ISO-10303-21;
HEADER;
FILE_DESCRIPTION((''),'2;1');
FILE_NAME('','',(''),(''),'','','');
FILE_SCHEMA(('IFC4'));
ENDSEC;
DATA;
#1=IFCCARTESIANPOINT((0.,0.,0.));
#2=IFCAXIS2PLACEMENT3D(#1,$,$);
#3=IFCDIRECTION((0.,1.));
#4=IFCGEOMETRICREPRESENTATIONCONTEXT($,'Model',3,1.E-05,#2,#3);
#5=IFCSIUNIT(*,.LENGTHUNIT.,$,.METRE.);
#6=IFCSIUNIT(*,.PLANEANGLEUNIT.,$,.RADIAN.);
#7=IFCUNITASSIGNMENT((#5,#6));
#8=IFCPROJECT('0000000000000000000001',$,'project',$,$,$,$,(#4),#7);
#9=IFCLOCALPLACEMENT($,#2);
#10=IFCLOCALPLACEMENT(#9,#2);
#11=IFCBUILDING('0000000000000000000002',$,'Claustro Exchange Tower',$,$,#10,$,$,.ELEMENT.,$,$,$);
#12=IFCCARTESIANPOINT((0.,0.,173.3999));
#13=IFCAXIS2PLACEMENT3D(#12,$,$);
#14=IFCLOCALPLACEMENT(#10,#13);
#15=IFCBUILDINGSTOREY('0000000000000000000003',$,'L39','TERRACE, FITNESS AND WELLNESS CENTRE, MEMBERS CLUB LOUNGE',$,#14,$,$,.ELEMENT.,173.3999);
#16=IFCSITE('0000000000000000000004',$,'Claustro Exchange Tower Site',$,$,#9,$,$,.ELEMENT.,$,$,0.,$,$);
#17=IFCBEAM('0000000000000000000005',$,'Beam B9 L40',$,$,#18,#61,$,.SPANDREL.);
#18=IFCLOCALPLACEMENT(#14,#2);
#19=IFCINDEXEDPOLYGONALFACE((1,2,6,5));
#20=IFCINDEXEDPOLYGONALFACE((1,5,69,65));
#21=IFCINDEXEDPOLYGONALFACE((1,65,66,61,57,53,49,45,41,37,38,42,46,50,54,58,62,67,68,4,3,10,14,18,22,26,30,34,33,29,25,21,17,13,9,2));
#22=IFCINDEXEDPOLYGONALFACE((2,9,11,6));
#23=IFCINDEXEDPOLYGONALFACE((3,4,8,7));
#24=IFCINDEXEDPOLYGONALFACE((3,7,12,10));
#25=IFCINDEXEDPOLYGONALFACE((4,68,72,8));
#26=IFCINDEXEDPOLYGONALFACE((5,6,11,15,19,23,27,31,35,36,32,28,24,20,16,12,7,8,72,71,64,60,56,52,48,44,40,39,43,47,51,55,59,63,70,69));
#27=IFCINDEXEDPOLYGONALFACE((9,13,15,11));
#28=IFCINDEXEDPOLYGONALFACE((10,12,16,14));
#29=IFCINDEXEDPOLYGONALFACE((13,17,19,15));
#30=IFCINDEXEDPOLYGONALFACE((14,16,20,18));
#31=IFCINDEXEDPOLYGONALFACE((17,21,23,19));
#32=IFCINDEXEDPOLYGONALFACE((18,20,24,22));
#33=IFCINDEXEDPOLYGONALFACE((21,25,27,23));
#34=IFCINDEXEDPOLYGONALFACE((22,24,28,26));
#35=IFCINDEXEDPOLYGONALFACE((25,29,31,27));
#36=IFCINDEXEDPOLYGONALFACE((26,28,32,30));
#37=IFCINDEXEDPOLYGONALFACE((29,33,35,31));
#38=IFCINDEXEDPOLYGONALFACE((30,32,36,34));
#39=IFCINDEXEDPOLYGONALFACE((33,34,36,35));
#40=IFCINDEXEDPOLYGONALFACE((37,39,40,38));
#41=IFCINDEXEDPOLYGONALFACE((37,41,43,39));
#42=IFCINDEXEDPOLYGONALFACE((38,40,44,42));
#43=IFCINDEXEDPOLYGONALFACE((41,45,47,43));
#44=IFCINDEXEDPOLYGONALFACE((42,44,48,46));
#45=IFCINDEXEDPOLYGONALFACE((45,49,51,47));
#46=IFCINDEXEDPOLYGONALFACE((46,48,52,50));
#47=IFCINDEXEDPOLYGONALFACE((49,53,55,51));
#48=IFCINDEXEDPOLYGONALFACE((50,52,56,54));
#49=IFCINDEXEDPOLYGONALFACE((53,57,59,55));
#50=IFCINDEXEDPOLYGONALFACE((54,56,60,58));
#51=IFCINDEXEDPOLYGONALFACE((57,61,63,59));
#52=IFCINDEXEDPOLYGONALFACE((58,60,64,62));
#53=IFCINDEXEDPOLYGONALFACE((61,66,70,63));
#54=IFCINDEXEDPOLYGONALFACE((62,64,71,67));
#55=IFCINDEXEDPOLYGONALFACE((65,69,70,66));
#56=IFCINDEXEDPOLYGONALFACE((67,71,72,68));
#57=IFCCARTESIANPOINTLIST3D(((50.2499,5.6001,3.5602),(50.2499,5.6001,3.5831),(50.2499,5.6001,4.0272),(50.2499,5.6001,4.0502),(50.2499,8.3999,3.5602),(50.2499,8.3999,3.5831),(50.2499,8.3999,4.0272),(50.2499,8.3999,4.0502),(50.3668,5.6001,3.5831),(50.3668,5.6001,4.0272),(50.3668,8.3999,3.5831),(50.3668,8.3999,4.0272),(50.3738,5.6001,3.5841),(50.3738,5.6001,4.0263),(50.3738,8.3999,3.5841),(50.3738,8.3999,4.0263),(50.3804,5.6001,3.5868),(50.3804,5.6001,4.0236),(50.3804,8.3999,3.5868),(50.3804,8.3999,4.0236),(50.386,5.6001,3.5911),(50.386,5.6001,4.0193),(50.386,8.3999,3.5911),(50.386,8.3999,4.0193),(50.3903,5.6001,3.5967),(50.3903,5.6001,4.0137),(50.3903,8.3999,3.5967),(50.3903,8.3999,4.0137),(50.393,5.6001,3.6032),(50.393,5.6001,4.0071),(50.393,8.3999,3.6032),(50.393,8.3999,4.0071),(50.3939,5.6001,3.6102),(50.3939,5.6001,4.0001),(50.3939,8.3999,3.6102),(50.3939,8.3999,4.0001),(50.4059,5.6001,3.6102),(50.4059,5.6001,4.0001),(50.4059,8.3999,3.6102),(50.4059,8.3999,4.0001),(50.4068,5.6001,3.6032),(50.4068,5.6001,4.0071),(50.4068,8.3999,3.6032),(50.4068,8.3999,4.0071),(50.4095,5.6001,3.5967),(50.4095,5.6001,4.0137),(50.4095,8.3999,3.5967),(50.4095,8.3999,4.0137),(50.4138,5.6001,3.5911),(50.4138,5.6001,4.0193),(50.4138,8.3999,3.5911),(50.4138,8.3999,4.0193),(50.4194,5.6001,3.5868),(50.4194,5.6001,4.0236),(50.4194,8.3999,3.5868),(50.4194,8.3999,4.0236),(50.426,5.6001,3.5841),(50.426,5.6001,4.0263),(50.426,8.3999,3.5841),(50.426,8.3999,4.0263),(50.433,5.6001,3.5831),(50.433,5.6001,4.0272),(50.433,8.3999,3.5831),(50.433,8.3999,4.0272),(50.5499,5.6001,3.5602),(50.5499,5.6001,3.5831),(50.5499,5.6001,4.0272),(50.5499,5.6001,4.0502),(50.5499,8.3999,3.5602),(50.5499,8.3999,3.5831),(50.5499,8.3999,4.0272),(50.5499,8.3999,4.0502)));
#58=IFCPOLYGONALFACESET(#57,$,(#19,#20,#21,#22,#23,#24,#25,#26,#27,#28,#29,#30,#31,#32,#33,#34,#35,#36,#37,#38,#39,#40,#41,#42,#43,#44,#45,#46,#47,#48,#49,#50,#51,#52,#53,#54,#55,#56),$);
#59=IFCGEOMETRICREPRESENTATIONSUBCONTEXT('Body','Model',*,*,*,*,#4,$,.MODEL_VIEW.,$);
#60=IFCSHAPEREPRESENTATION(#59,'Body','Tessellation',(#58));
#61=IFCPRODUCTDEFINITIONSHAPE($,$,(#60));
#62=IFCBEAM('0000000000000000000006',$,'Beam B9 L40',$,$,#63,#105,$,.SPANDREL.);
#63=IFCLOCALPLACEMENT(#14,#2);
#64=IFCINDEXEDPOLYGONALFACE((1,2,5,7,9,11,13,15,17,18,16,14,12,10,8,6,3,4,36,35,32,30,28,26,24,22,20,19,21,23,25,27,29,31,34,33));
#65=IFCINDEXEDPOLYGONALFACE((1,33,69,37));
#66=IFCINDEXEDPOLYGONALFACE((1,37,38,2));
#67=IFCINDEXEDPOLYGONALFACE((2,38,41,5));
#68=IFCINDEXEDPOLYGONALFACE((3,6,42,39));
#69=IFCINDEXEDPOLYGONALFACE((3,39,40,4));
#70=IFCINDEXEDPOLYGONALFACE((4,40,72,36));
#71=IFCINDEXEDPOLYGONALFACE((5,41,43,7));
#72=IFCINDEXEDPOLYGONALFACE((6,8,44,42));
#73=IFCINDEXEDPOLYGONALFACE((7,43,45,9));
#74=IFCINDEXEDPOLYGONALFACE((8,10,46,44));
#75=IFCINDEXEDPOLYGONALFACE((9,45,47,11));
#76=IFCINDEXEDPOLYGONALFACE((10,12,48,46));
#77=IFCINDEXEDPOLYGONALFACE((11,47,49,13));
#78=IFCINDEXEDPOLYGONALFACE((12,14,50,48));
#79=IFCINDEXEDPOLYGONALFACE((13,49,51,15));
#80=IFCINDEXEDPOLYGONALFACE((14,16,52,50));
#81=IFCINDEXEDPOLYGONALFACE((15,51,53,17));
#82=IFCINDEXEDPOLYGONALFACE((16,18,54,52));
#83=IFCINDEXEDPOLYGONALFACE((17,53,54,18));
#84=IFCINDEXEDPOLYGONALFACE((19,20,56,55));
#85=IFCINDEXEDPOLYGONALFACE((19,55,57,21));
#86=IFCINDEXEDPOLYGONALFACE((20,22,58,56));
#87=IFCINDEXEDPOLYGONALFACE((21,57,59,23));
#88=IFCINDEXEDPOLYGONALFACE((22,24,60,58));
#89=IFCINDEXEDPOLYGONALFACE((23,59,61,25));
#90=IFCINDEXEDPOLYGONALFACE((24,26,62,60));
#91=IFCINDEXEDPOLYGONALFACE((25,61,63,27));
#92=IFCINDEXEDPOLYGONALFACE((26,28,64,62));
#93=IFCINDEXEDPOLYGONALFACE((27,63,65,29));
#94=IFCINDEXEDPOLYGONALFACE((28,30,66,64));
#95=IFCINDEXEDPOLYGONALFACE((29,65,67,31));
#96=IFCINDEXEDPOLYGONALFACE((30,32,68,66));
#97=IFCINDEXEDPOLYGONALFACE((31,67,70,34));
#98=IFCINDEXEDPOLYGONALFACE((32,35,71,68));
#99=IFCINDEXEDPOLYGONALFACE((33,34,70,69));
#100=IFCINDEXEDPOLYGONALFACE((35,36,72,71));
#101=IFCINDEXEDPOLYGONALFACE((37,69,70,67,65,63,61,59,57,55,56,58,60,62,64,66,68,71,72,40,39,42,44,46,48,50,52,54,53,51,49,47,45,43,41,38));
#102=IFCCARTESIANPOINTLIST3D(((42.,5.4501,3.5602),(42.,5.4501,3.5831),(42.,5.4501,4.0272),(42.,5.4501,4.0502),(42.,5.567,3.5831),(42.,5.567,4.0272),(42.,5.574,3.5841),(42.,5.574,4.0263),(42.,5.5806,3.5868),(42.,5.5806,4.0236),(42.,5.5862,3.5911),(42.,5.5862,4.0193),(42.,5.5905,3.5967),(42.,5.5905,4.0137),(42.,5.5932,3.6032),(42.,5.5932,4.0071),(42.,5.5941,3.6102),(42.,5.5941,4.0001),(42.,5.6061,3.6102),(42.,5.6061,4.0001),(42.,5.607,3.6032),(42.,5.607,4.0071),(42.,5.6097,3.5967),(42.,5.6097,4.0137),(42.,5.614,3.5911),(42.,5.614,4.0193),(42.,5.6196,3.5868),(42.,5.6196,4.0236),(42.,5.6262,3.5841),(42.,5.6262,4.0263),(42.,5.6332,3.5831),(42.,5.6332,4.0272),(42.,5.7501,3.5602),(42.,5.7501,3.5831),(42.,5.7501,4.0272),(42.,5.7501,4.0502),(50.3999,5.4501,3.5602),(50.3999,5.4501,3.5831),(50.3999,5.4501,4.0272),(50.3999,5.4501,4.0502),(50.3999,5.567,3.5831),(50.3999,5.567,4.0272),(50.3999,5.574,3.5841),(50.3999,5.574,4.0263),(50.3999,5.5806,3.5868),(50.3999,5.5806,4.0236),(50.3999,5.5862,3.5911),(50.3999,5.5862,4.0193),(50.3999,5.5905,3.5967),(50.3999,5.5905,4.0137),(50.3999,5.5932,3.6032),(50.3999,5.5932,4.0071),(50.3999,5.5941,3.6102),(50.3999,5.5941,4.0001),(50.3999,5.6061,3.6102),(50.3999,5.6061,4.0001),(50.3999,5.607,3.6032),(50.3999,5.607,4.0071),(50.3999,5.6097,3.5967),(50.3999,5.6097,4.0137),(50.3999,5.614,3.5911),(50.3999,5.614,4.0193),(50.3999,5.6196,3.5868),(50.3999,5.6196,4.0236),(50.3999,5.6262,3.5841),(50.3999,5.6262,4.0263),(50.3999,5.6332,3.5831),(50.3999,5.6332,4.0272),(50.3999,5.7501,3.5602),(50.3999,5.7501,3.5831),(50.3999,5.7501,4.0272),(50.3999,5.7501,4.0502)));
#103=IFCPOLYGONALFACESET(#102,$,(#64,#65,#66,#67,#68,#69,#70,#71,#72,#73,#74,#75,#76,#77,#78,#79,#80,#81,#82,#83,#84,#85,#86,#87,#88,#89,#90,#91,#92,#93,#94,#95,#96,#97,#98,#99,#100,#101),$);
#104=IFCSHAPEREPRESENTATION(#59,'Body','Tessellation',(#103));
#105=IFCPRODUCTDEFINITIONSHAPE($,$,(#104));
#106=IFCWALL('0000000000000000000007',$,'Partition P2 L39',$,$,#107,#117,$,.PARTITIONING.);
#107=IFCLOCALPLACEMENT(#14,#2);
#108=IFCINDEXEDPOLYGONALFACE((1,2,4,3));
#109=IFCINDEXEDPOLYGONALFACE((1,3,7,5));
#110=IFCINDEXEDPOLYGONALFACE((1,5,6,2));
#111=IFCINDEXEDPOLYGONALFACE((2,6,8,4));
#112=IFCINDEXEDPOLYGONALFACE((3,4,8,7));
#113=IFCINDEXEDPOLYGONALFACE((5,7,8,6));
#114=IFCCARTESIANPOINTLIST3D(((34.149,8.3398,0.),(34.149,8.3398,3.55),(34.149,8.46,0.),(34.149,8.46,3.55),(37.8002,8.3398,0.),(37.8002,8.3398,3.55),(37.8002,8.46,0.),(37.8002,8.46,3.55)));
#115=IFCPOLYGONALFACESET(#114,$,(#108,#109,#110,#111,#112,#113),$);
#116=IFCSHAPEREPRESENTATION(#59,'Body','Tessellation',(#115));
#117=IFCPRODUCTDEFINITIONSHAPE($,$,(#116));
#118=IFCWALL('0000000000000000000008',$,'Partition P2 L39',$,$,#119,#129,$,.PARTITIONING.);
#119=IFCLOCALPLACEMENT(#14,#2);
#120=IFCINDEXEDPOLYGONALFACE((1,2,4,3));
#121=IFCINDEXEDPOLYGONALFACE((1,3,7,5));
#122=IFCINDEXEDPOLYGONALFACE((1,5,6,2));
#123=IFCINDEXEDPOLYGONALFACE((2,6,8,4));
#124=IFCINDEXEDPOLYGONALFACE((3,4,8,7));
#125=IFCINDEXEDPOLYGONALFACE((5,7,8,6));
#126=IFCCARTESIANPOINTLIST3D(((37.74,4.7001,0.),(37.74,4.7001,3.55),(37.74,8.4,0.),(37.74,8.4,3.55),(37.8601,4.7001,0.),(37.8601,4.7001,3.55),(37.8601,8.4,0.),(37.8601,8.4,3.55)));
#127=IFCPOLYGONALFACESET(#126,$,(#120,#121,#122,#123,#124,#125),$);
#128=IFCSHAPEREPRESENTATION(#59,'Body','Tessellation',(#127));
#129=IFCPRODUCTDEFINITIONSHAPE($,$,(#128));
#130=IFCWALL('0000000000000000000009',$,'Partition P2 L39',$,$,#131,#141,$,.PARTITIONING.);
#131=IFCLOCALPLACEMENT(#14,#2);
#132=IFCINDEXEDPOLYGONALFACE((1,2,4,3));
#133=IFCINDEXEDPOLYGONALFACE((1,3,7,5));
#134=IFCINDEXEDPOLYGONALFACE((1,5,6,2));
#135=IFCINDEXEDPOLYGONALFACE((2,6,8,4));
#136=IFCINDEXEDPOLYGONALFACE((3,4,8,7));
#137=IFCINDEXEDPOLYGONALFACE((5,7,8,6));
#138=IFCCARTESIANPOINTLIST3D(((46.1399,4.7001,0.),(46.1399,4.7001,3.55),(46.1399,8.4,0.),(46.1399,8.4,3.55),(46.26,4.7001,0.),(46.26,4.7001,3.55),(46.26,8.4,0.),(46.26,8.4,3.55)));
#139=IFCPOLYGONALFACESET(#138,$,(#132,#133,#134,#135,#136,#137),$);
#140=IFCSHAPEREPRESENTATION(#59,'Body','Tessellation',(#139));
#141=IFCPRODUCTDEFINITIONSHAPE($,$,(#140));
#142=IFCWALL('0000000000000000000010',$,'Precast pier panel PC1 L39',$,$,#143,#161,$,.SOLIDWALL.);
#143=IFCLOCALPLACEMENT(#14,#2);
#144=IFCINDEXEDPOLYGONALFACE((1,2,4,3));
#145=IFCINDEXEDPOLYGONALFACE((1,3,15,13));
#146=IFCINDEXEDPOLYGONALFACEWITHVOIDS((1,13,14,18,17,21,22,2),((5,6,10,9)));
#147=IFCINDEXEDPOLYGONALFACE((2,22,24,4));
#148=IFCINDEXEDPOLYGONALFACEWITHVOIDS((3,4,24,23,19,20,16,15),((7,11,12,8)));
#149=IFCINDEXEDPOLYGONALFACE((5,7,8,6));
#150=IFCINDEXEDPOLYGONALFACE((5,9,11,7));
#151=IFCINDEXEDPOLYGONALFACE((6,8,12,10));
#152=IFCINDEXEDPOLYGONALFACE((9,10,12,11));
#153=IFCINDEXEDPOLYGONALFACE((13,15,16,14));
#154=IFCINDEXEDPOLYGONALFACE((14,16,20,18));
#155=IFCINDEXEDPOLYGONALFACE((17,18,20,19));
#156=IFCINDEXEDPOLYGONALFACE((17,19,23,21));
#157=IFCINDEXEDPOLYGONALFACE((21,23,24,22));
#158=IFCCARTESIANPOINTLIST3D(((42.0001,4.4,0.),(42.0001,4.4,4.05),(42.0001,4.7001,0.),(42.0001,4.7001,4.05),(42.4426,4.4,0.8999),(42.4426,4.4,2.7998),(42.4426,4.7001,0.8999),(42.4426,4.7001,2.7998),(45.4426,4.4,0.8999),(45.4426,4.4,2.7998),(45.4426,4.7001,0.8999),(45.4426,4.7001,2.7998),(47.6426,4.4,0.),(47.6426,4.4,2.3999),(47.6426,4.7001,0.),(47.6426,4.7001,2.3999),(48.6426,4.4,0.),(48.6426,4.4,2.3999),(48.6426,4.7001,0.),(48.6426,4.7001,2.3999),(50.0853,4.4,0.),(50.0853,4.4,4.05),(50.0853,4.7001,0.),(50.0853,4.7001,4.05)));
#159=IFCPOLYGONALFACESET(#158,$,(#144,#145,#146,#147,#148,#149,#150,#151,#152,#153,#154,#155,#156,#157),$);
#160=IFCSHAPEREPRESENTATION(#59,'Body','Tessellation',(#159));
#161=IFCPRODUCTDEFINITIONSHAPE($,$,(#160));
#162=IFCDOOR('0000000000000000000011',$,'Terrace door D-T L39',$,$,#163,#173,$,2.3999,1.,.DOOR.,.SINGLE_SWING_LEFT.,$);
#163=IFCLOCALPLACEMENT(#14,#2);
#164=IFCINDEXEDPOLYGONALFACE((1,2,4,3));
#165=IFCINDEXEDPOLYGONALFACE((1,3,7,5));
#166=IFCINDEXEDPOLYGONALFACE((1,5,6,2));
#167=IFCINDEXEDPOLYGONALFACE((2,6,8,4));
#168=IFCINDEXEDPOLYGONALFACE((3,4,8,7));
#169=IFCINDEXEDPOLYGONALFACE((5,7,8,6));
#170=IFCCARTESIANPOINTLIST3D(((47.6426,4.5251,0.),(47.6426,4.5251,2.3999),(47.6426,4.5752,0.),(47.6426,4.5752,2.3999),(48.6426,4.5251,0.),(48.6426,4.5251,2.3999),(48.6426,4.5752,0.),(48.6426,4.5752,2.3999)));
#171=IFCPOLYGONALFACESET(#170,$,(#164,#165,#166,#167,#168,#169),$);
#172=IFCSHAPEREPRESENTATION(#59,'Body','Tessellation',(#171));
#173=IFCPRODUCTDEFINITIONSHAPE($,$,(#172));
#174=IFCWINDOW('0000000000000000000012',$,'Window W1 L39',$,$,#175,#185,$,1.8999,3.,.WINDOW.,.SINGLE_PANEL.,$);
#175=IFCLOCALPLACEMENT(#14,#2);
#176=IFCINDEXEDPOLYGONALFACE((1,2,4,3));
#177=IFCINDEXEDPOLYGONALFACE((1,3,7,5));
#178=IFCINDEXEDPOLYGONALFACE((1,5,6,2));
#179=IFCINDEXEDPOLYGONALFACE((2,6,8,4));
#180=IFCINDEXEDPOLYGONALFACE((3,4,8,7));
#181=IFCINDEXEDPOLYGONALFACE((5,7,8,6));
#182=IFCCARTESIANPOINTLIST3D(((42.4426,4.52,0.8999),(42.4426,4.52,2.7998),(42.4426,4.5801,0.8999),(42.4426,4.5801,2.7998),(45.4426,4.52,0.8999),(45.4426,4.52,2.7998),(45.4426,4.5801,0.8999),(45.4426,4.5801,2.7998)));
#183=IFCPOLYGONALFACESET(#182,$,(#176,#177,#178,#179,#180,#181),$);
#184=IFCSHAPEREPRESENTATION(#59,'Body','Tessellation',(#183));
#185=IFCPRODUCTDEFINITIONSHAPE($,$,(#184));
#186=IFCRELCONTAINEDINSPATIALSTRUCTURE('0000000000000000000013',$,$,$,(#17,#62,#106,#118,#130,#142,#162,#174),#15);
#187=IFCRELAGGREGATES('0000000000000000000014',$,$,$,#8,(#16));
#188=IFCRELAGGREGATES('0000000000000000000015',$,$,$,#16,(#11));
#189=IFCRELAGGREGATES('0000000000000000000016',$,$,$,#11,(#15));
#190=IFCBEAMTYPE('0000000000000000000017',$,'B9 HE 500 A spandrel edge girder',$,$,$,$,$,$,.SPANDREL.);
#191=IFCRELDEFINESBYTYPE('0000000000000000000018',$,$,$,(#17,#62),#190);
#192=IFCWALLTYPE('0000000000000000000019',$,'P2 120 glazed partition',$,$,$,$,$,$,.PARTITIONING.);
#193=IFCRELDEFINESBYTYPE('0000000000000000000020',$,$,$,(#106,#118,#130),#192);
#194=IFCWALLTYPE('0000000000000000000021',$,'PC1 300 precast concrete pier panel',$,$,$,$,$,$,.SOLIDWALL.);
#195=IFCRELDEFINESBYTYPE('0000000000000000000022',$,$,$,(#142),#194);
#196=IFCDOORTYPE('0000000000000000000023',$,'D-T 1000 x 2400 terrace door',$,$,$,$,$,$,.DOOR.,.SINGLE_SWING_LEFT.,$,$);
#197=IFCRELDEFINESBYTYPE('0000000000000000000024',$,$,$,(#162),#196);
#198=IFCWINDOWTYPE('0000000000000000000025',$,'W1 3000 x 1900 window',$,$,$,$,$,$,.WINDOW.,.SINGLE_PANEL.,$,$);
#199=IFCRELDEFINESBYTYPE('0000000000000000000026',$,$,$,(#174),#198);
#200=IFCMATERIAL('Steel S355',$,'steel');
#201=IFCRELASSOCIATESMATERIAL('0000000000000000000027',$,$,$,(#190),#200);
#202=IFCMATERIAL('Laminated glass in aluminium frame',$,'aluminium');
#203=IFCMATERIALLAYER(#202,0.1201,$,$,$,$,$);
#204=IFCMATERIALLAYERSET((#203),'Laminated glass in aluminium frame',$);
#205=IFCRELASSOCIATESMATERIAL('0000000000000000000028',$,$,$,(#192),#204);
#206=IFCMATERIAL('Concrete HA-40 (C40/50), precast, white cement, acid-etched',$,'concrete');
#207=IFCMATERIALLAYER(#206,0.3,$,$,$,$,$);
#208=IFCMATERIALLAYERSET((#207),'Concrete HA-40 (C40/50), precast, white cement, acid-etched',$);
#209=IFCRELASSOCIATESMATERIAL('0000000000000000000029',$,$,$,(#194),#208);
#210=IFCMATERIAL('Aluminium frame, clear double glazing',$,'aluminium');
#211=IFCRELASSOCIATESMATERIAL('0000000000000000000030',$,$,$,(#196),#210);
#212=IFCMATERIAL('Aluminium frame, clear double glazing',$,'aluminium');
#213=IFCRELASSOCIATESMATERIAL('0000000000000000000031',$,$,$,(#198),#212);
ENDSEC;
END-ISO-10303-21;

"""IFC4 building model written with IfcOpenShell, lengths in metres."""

from ifc_helpers import new_model, si_unit, direction, frame, frame_2d, origin, origin_2d, place, context, subcontext, project, spatial, rectangle, i_section, extrude, material, layer, layer_set, material_profile, profile_set, type_object, element, fill, save


model = new_model("IFC4")

# Units and contexts
model_context = context("Model", 3, precision=1e-05, world=origin(), true_north=direction((0.0, 1.0)))
body_context = subcontext(model_context, "Body", "Model", "MODEL_VIEW")
ifc_project = project(units=[si_unit("LENGTHUNIT", "METRE"), si_unit("PLANEANGLEUNIT", "RADIAN")], contexts=[model_context])

# Site, building, storey
site_placement = place(None, origin())
site = spatial("IfcSite", under=ifc_project, at=site_placement, Name="Claustro Exchange Tower Site", CompositionType="ELEMENT", RefElevation=0.0)
building_placement = place(site_placement, origin())
building = spatial("IfcBuilding", under=site, at=building_placement, Name="Claustro Exchange Tower", CompositionType="ELEMENT")
storey_placement = place(building_placement, frame((0.0, 0.0, 173.3999)))
storey = spatial("IfcBuildingStorey", under=building, at=storey_placement, Name="L39", Description="TERRACE, FITNESS AND WELLNESS CENTRE, MEMBERS CLUB LOUNGE", CompositionType="ELEMENT", Elevation=173.3999)

# Beams
ifc_material_1 = material(Name="Steel S355", Category="steel")
ifc_material_profile_1 = material_profile(ifc_material_1, i_section(OverallWidth=0.3, OverallDepth=0.49, WebThickness=0.012, FlangeThickness=0.0229, FilletRadius=0.0271, at=origin_2d()), Name="HE 500 A")
ifc_profile_set_1 = profile_set([ifc_material_profile_1], Name="Steel S355")
beam_type_1 = type_object("IfcBeamType", Name="B9 HE 500 A spandrel edge girder", PredefinedType="SPANDREL", material=ifc_profile_set_1)
beam_1_placement = place(storey_placement, frame((50.3999, 5.6001, 3.8052), z_axis=(0.0, 1.0, 0.0), x_axis=(-1.0, 0.0, 0.0)))
element("IfcBeam", 1, at=beam_1_placement, inside=storey, type_object=beam_type_1, Name="Beam B9 L40", PredefinedType="SPANDREL", context=body_context, shape_type="SweptSolid", body=[
    extrude(i_section(OverallWidth=0.3, OverallDepth=0.49, WebThickness=0.012, FlangeThickness=0.0229, FilletRadius=0.0271, at=origin_2d()), origin(), (0.0, 0.0, 1.0), 2.7998),
])
beam_2_placement = place(storey_placement, frame((42.0, 5.6001, 3.8052), z_axis=(1.0, 0.0, 0.0), x_axis=(0.0, 1.0, 0.0)))
element("IfcBeam", 2, at=beam_2_placement, inside=storey, type_object=beam_type_1, Name="Beam B9 L40", PredefinedType="SPANDREL", context=body_context, shape_type="SweptSolid", body=[
    extrude(i_section(OverallWidth=0.3, OverallDepth=0.49, WebThickness=0.012, FlangeThickness=0.0229, FilletRadius=0.0271, at=origin_2d()), origin(), (0.0, 0.0, 1.0), 8.3999),
])

# Walls
ifc_material_2 = material(Name="Laminated glass in aluminium frame", Category="aluminium")
ifc_layer_1 = layer(ifc_material_2, 0.1201)
ifc_layer_set_1 = layer_set([ifc_layer_1], Name="Laminated glass in aluminium frame")
wall_type_1 = type_object("IfcWallType", Name="P2 120 glazed partition", PredefinedType="PARTITIONING", material=ifc_layer_set_1)
wall_1_placement = place(storey_placement, frame((34.1489, 8.3999, 0.0), z_axis=(0.0, 0.0, 1.0), x_axis=(1.0, 0.0, 0.0)))
element("IfcWall", 3, at=wall_1_placement, inside=storey, type_object=wall_type_1, Name="Partition P2 L39", PredefinedType="PARTITIONING", context=body_context, shape_type="SweptSolid", body=[
    extrude(rectangle(XDim=3.6511, YDim=0.1201, at=frame_2d((1.8257, 0.0))), origin(), (0.0, 0.0, 1.0), 3.55),
])
for number, where, z_axis, x_axis, name in (
    (4, (37.8, 4.7, 0.0), (0.0, 0.0, 1.0), (0.0, 1.0, 0.0), "Partition P2 L39"),
    (5, (46.2, 4.7, 0.0), (0.0, 0.0, 1.0), (0.0, 1.0, 0.0), "Partition P2 L39"),
):
    element("IfcWall", number, at=place(storey_placement, frame(where, z_axis=z_axis, x_axis=x_axis)), inside=storey, type_object=wall_type_1, Name=name, PredefinedType="PARTITIONING", context=body_context, shape_type="SweptSolid", body=[
        extrude(rectangle(XDim=3.7, YDim=0.1201, at=frame_2d((1.8501, 0.0))), origin(), (0.0, 0.0, 1.0), 3.55),
    ])

# Wall, openings, door, window
ifc_material_3 = material(Name="Concrete HA-40 (C40/50), precast, white cement, acid-etched", Category="concrete")
ifc_layer_2 = layer(ifc_material_3, 0.3)
ifc_layer_set_2 = layer_set([ifc_layer_2], Name="Concrete HA-40 (C40/50), precast, white cement, acid-etched")
wall_type_2 = type_object("IfcWallType", Name="PC1 300 precast concrete pier panel", PredefinedType="SOLIDWALL", material=ifc_layer_set_2)
wall_2_placement = place(storey_placement, frame((50.0852, 4.55, 0.0), z_axis=(0.0, 0.0, 1.0), x_axis=(-1.0, 0.0, 0.0)))
wall_2 = element("IfcWall", 6, at=wall_2_placement, inside=storey, type_object=wall_type_2, Name="Precast pier panel PC1 L39", PredefinedType="SOLIDWALL", context=body_context, shape_type="SweptSolid", body=[
    extrude(rectangle(XDim=8.0852, YDim=0.3, at=frame_2d((4.0425, 0.0))), origin(), (0.0, 0.0, 1.0), 4.05),
])
opening_1_placement = place(wall_2_placement, frame((4.6426, 0.0, 0.8999)))
opening_1 = element("IfcOpeningElement", 7, at=opening_1_placement, cuts=wall_2, PredefinedType="OPENING", context=body_context, shape_type="SweptSolid", body=[
    extrude(rectangle(XDim=3.0, YDim=1.8999, at=frame_2d((1.5, 0.95))), frame((0.0, 0.1599, 0.0), z_axis=(0.0, -1.0, 0.0), x_axis=(1.0, 0.0, 0.0)), (0.0, 0.0, 1.0), 0.3201),
])
opening_2_placement = place(wall_2_placement, frame((1.4426, 0.0, 0.0)))
opening_2 = element("IfcOpeningElement", 8, at=opening_2_placement, cuts=wall_2, PredefinedType="OPENING", context=body_context, shape_type="SweptSolid", body=[
    extrude(rectangle(XDim=1.0, YDim=2.3999, at=frame_2d((0.5, 1.2))), frame((0.0, 0.1599, 0.0), z_axis=(0.0, -1.0, 0.0), x_axis=(1.0, 0.0, 0.0)), (0.0, 0.0, 1.0), 0.3201),
])
ifc_material_4 = material(Name="Aluminium frame, clear double glazing", Category="aluminium")
door_type = type_object("IfcDoorType", Name="D-T 1000 x 2400 terrace door", OperationType="SINGLE_SWING_LEFT", PredefinedType="DOOR", material=ifc_material_4)
door_placement = place(opening_2_placement, origin())
door = element("IfcDoor", 9, at=door_placement, inside=storey, type_object=door_type, Name="Terrace door D-T L39", OperationType="SINGLE_SWING_LEFT", OverallHeight=2.3999, OverallWidth=1.0, PredefinedType="DOOR", context=body_context, shape_type="SweptSolid", body=[
    extrude(rectangle(XDim=1.0, YDim=2.3999, at=frame_2d((0.5, 1.2))), frame((0.0, 0.0249, 0.0), z_axis=(0.0, -1.0, 0.0), x_axis=(1.0, 0.0, 0.0)), (0.0, 0.0, 1.0), 0.05),
])
fill(opening_2, door)
ifc_material_5 = material(Name="Aluminium frame, clear double glazing", Category="aluminium")
window_type = type_object("IfcWindowType", Name="W1 3000 x 1900 window", PartitioningType="SINGLE_PANEL", PredefinedType="WINDOW", material=ifc_material_5)
window_1_placement = place(opening_1_placement, origin())
window_1 = element("IfcWindow", 10, at=window_1_placement, inside=storey, type_object=window_type, Name="Window W1 L39", OverallHeight=1.8999, OverallWidth=3.0, PartitioningType="SINGLE_PANEL", PredefinedType="WINDOW", context=body_context, shape_type="SweptSolid", body=[
    extrude(rectangle(XDim=3.0, YDim=1.8999, at=frame_2d((1.5, 0.95))), frame((0.0, 0.03, 0.0), z_axis=(0.0, -1.0, 0.0), x_axis=(1.0, 0.0, 0.0)), (0.0, 0.0, 1.0), 0.0601),
])
fill(opening_1, window_1)

save(model, "model.ifc")
